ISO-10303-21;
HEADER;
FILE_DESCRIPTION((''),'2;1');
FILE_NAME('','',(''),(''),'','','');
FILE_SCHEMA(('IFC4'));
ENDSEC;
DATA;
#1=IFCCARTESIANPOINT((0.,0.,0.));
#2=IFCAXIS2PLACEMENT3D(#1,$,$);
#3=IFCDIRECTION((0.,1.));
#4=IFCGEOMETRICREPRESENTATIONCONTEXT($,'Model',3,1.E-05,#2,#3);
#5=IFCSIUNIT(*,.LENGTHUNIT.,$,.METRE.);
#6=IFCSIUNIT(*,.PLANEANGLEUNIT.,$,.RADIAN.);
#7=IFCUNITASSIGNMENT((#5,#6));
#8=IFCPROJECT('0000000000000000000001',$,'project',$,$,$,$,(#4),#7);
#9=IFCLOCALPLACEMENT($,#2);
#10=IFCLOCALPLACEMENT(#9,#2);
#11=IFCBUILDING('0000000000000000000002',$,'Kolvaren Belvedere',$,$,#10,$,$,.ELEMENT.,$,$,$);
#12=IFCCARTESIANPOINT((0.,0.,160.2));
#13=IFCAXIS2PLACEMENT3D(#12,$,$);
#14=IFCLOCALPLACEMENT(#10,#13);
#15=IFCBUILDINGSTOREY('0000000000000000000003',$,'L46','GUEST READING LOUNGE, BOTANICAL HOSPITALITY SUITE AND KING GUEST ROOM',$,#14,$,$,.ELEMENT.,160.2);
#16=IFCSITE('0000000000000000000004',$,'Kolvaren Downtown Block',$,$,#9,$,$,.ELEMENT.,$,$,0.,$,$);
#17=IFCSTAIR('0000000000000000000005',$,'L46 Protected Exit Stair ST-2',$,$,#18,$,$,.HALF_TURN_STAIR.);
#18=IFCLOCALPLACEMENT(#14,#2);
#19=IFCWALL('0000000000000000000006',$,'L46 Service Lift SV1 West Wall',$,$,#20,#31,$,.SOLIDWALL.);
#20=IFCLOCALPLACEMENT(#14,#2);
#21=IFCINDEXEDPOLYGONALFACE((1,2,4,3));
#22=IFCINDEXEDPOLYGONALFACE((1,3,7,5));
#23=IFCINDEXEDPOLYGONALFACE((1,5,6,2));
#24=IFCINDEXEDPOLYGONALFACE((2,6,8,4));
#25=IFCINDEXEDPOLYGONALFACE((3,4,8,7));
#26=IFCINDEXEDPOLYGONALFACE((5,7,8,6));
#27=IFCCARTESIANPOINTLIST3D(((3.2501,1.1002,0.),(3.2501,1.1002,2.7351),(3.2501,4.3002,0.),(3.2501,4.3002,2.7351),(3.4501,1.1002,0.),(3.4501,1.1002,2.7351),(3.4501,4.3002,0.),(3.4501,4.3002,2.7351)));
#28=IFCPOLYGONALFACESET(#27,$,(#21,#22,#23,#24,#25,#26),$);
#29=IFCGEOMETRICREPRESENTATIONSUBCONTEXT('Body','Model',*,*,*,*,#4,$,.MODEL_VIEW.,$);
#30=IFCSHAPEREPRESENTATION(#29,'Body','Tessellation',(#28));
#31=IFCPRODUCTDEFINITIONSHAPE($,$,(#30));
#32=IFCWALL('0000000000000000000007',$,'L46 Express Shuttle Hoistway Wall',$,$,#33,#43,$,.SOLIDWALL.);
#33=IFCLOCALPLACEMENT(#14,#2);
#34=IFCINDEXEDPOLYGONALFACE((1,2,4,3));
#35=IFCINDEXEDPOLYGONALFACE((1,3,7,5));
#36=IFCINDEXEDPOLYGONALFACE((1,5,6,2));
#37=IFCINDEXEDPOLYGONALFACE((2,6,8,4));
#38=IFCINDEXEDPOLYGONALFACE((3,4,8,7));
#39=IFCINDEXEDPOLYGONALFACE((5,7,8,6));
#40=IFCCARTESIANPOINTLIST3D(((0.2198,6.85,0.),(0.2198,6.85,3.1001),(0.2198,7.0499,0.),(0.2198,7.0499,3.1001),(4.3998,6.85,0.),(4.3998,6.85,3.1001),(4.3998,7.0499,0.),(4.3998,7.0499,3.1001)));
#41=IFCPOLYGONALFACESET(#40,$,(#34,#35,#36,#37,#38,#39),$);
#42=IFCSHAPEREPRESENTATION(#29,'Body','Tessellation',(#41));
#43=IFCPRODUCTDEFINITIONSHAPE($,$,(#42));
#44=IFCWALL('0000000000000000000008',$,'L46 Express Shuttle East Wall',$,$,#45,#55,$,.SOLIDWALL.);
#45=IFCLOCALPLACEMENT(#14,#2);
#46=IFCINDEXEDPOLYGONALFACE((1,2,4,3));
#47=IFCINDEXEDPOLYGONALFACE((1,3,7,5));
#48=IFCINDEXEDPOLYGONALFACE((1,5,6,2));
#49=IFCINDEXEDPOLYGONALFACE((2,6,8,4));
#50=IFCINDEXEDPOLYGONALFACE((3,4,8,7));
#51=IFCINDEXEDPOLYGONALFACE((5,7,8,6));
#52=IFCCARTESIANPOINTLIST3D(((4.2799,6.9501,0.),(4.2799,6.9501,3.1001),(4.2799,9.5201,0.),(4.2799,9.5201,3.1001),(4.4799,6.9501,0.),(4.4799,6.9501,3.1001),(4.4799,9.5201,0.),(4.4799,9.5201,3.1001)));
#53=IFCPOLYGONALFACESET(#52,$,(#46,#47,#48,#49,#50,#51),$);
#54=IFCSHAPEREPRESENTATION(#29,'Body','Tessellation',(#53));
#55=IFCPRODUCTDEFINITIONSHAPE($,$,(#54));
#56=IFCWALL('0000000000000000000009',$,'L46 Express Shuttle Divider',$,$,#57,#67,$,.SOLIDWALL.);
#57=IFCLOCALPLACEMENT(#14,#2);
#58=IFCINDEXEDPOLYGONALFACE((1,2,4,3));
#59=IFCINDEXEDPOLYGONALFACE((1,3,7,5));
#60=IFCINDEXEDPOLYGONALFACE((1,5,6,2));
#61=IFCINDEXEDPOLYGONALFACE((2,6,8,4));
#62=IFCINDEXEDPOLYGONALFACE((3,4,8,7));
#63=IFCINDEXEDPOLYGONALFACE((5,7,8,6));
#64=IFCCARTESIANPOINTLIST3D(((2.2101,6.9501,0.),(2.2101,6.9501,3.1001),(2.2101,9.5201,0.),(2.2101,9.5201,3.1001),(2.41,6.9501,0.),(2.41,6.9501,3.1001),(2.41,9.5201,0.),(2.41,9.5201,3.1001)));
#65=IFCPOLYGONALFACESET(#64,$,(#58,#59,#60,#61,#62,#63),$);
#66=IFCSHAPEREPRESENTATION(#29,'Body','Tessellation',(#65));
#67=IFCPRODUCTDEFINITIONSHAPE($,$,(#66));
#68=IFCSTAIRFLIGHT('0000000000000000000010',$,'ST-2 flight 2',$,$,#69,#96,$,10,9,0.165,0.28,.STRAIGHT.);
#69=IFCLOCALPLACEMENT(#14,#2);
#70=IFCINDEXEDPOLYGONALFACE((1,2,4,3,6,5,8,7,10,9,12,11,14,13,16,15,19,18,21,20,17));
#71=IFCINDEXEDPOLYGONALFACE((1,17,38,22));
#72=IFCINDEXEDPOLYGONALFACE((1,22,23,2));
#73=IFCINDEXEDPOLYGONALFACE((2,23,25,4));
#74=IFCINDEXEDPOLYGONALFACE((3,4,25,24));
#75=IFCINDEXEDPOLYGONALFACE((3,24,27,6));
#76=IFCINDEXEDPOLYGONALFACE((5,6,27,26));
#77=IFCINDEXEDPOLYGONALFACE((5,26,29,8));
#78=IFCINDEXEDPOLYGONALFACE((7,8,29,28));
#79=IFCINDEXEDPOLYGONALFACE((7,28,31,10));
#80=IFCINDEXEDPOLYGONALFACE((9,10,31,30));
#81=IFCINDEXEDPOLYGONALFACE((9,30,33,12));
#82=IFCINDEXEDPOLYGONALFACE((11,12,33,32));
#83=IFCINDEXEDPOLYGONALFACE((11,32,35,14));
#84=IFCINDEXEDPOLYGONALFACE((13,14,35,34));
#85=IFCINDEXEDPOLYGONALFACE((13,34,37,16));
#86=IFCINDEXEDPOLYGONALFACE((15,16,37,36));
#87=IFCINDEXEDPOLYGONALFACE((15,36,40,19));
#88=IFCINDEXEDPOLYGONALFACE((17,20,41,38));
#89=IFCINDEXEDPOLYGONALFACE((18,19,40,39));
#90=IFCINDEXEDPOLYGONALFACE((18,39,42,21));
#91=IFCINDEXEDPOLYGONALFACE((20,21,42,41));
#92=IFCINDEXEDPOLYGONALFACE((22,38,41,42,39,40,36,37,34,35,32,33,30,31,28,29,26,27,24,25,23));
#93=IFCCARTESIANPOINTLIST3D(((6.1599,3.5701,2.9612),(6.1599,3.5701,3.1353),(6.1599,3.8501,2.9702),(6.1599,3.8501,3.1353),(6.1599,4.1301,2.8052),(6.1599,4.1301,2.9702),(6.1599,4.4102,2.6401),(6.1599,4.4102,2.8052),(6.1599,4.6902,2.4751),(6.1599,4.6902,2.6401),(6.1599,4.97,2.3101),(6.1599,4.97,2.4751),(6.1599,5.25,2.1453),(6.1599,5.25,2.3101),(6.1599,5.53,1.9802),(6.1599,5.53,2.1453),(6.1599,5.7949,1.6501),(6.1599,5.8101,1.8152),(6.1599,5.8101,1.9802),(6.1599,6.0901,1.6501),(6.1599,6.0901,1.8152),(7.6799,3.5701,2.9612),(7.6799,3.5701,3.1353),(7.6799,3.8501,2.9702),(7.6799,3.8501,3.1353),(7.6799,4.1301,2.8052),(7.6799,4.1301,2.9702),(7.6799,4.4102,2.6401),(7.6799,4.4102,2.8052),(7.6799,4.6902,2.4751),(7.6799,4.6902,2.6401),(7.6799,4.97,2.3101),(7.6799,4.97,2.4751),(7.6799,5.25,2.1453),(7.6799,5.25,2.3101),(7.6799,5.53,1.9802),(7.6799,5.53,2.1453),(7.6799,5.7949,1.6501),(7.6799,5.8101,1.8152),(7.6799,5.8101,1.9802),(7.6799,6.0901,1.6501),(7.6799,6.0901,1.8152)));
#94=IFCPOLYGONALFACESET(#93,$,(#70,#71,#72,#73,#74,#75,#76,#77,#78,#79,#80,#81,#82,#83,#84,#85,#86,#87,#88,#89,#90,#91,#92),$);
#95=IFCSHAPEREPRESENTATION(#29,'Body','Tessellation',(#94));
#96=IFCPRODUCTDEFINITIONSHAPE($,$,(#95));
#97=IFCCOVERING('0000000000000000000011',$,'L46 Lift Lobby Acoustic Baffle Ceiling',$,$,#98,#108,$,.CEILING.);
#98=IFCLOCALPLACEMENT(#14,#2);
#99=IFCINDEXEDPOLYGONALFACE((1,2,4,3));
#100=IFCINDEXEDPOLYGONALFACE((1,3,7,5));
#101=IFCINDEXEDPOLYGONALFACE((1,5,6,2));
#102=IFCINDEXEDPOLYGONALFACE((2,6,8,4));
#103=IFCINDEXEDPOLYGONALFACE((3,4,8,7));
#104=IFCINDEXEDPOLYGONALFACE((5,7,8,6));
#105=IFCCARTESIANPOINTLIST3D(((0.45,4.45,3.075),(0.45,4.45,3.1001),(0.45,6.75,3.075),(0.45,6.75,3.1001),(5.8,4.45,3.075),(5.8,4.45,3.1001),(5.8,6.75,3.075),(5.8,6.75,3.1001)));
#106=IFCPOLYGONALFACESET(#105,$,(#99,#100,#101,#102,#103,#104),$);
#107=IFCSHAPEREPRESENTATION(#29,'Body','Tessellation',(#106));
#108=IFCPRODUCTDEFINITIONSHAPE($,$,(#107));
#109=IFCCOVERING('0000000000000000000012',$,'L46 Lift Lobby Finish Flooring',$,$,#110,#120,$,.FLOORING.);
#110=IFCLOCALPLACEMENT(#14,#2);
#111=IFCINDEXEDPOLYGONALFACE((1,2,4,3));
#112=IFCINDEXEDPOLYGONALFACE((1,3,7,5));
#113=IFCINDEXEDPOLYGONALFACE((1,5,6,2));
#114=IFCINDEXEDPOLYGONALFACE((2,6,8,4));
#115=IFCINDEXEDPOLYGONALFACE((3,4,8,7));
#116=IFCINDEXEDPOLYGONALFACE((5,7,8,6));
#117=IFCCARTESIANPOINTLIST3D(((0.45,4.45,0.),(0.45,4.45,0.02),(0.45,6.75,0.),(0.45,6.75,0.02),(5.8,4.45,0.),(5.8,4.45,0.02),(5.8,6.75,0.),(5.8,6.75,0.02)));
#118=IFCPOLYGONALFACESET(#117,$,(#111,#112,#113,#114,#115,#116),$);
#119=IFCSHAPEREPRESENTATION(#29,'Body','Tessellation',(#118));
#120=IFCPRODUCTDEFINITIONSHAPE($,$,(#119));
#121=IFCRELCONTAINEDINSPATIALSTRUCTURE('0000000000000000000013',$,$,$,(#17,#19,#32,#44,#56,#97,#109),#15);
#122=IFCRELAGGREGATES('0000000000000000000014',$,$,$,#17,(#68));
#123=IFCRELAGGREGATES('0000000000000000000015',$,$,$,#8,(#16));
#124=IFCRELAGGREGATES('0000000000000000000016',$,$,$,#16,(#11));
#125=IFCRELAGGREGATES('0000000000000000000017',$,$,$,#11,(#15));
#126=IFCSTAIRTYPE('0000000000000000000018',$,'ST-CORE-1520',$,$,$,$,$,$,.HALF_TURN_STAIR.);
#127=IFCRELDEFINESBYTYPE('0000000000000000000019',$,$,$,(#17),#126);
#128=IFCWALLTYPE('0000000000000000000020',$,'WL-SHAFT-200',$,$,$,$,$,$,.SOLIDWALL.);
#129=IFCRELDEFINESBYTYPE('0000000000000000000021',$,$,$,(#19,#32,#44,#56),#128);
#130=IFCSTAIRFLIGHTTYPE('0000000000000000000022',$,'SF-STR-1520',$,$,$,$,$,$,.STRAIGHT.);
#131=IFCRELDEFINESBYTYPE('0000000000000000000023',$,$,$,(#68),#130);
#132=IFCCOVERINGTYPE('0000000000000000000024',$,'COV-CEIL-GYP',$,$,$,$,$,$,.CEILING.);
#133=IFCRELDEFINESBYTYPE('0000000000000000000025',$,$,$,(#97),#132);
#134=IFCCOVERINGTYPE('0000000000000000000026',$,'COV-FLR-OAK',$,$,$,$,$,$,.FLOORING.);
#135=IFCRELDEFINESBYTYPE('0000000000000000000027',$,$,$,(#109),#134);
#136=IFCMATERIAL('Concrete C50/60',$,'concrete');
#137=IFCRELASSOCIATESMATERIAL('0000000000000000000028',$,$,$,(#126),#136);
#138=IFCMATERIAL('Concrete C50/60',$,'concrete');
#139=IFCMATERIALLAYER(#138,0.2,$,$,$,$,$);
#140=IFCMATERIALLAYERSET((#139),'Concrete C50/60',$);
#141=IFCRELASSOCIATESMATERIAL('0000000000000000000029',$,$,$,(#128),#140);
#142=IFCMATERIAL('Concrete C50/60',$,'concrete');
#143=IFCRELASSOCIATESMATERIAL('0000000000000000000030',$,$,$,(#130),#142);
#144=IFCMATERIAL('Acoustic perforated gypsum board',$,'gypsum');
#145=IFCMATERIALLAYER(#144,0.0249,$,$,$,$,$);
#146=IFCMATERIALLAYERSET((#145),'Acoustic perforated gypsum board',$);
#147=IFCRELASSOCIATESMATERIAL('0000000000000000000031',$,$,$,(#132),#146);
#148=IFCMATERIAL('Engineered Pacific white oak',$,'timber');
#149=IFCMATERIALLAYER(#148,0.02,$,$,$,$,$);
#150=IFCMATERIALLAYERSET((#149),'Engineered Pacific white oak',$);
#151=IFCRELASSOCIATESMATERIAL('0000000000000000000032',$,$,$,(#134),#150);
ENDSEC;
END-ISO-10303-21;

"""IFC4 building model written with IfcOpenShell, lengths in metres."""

from ifc_helpers import new_model, si_unit, direction, frame, frame_2d, origin, place, context, subcontext, project, spatial, polyline, rectangle, outline, extrude, material, layer, layer_set, type_object, element, aggregate, save


model = new_model("IFC4")

# Units and contexts
model_context = context("Model", 3, precision=1e-05, world=origin(), true_north=direction((0.0, 1.0)))
body_context = subcontext(model_context, "Body", "Model", "MODEL_VIEW")
ifc_project = project(units=[si_unit("LENGTHUNIT", "METRE"), si_unit("PLANEANGLEUNIT", "RADIAN")], contexts=[model_context])

# Site, building, storey
site_placement = place(None, origin())
site = spatial("IfcSite", under=ifc_project, at=site_placement, Name="Kolvaren Downtown Block", CompositionType="ELEMENT", RefElevation=0.0)
building_placement = place(site_placement, origin())
building = spatial("IfcBuilding", under=site, at=building_placement, Name="Kolvaren Belvedere", CompositionType="ELEMENT")
storey_placement = place(building_placement, frame((0.0, 0.0, 160.2)))
storey = spatial("IfcBuildingStorey", under=building, at=storey_placement, Name="L46", Description="GUEST READING LOUNGE, BOTANICAL HOSPITALITY SUITE AND KING GUEST ROOM", CompositionType="ELEMENT", Elevation=160.2)

# Stair
ifc_material_1 = material(Name="Concrete C50/60", Category="concrete")
stair_type = type_object("IfcStairType", Name="ST-CORE-1520", PredefinedType="HALF_TURN_STAIR", material=ifc_material_1)
stair_1_placement = place(storey_placement, origin())
stair_1 = element("IfcStair", 1, at=stair_1_placement, inside=storey, type_object=stair_type, Name="L46 Protected Exit Stair ST-2", PredefinedType="HALF_TURN_STAIR")

# Shared definitions
ifc_material_2 = material(Name="Concrete C50/60", Category="concrete")
ifc_layer_1 = layer(ifc_material_2, 0.2)
ifc_layer_set_1 = layer_set([ifc_layer_1], Name="Concrete C50/60")
wall_type_1 = type_object("IfcWallType", Name="WL-SHAFT-200", PredefinedType="SOLIDWALL", material=ifc_layer_set_1)

# Walls
wall_1_placement = place(storey_placement, frame((3.3501, 1.1001, 0.0), z_axis=(0.0, 0.0, 1.0), x_axis=(0.0, 1.0, 0.0)))
element("IfcWall", 2, at=wall_1_placement, inside=storey, type_object=wall_type_1, Name="L46 Service Lift SV1 West Wall", PredefinedType="SOLIDWALL", context=body_context, shape_type="SweptSolid", body=[
    extrude(rectangle(XDim=3.2, YDim=0.2, at=frame_2d((1.6001, 0.0))), origin(), (0.0, 0.0, 1.0), 2.7351),
])
wall_2_placement = place(storey_placement, frame((0.22, 6.95, 0.0), z_axis=(0.0, 0.0, 1.0), x_axis=(1.0, 0.0, 0.0)))
element("IfcWall", 3, at=wall_2_placement, inside=storey, type_object=wall_type_1, Name="L46 Express Shuttle Hoistway Wall", PredefinedType="SOLIDWALL", context=body_context, shape_type="SweptSolid", body=[
    extrude(rectangle(XDim=4.1799, YDim=0.2, at=frame_2d((2.0898, 0.0))), origin(), (0.0, 0.0, 1.0), 3.1001),
])
for number, where, z_axis, x_axis, name in (
    (4, (4.3799, 6.95, 0.0), (0.0, 0.0, 1.0), (0.0, 1.0, 0.0), "L46 Express Shuttle East Wall"),
    (5, (2.3101, 6.95, 0.0), (0.0, 0.0, 1.0), (0.0, 1.0, 0.0), "L46 Express Shuttle Divider"),
):
    element("IfcWall", number, at=place(storey_placement, frame(where, z_axis=z_axis, x_axis=x_axis)), inside=storey, type_object=wall_type_1, Name=name, PredefinedType="SOLIDWALL", context=body_context, shape_type="SweptSolid", body=[
        extrude(rectangle(XDim=2.5701, YDim=0.2, at=frame_2d((1.2852, 0.0))), origin(), (0.0, 0.0, 1.0), 3.1001),
    ])

# Stair flight
ifc_material_3 = material(Name="Concrete C50/60", Category="concrete")
stair_flight_type = type_object("IfcStairFlightType", Name="SF-STR-1520", PredefinedType="STRAIGHT", material=ifc_material_3)
stair_flight_placement = place(storey_placement, frame((6.9199, 6.0901, 1.6501), z_axis=(0.0, 0.0, 1.0), x_axis=(0.0, -1.0, 0.0)))
stair_flight = element("IfcStairFlight", 6, at=stair_flight_placement, type_object=stair_flight_type, Name="ST-2 flight 2", NumberOfRisers=10, NumberOfTreads=9, PredefinedType="STRAIGHT", RiserHeight=0.165, TreadLength=0.28, context=body_context, shape_type="SweptSolid", body=[
    extrude(outline(polyline([(0.0, 0.0), (0.0, 0.165), (0.28, 0.165), (0.28, 0.3301), (0.5601, 0.3301), (0.5601, 0.4951), (0.8401, 0.4951), (0.8401, 0.6599), (1.1201, 0.6599), (1.1201, 0.825), (1.3999, 0.825), (1.3999, 0.99), (1.6799, 0.99), (1.6799, 1.155), (1.96, 1.155), (1.96, 1.3201), (2.24, 1.3201), (2.24, 1.4851), (2.52, 1.4851), (2.52, 1.6499), (2.52, 1.311), (0.2952, 0.0), (0.0, 0.0)])), frame((0.0, 0.76, 0.0), z_axis=(0.0, -1.0, 0.0), x_axis=(1.0, 0.0, 0.0)), (0.0, 0.0, 1.0), 1.52),
])
aggregate(stair_1, [stair_flight])

# Coverings
ifc_material_4 = material(Name="Acoustic perforated gypsum board", Category="gypsum")
ifc_layer_2 = layer(ifc_material_4, 0.0249)
ifc_layer_set_2 = layer_set([ifc_layer_2], Name="Acoustic perforated gypsum board")
covering_type_1 = type_object("IfcCoveringType", Name="COV-CEIL-GYP", PredefinedType="CEILING", material=ifc_layer_set_2)
covering_1_placement = place(storey_placement, frame((0.0, 0.0, 3.075)))
element("IfcCovering", 7, at=covering_1_placement, inside=storey, type_object=covering_type_1, Name="L46 Lift Lobby Acoustic Baffle Ceiling", PredefinedType="CEILING", context=body_context, shape_type="SweptSolid", body=[
    extrude(outline(polyline([(0.45, 4.45), (5.8, 4.45), (5.8, 6.75), (0.45, 6.75), (0.45, 4.45)])), origin(), (0.0, 0.0, 1.0), 0.0251),
])
ifc_material_5 = material(Name="Engineered Pacific white oak", Category="timber")
ifc_layer_3 = layer(ifc_material_5, 0.02)
ifc_layer_set_3 = layer_set([ifc_layer_3], Name="Engineered Pacific white oak")
covering_type_2 = type_object("IfcCoveringType", Name="COV-FLR-OAK", PredefinedType="FLOORING", material=ifc_layer_set_3)
covering_2_placement = place(storey_placement, origin())
element("IfcCovering", 8, at=covering_2_placement, inside=storey, type_object=covering_type_2, Name="L46 Lift Lobby Finish Flooring", PredefinedType="FLOORING", context=body_context, shape_type="SweptSolid", body=[
    extrude(outline(polyline([(0.45, 4.45), (5.8, 4.45), (5.8, 6.75), (0.45, 6.75), (0.45, 4.45)])), origin(), (0.0, 0.0, 1.0), 0.02),
])

save(model, "model.ifc")
